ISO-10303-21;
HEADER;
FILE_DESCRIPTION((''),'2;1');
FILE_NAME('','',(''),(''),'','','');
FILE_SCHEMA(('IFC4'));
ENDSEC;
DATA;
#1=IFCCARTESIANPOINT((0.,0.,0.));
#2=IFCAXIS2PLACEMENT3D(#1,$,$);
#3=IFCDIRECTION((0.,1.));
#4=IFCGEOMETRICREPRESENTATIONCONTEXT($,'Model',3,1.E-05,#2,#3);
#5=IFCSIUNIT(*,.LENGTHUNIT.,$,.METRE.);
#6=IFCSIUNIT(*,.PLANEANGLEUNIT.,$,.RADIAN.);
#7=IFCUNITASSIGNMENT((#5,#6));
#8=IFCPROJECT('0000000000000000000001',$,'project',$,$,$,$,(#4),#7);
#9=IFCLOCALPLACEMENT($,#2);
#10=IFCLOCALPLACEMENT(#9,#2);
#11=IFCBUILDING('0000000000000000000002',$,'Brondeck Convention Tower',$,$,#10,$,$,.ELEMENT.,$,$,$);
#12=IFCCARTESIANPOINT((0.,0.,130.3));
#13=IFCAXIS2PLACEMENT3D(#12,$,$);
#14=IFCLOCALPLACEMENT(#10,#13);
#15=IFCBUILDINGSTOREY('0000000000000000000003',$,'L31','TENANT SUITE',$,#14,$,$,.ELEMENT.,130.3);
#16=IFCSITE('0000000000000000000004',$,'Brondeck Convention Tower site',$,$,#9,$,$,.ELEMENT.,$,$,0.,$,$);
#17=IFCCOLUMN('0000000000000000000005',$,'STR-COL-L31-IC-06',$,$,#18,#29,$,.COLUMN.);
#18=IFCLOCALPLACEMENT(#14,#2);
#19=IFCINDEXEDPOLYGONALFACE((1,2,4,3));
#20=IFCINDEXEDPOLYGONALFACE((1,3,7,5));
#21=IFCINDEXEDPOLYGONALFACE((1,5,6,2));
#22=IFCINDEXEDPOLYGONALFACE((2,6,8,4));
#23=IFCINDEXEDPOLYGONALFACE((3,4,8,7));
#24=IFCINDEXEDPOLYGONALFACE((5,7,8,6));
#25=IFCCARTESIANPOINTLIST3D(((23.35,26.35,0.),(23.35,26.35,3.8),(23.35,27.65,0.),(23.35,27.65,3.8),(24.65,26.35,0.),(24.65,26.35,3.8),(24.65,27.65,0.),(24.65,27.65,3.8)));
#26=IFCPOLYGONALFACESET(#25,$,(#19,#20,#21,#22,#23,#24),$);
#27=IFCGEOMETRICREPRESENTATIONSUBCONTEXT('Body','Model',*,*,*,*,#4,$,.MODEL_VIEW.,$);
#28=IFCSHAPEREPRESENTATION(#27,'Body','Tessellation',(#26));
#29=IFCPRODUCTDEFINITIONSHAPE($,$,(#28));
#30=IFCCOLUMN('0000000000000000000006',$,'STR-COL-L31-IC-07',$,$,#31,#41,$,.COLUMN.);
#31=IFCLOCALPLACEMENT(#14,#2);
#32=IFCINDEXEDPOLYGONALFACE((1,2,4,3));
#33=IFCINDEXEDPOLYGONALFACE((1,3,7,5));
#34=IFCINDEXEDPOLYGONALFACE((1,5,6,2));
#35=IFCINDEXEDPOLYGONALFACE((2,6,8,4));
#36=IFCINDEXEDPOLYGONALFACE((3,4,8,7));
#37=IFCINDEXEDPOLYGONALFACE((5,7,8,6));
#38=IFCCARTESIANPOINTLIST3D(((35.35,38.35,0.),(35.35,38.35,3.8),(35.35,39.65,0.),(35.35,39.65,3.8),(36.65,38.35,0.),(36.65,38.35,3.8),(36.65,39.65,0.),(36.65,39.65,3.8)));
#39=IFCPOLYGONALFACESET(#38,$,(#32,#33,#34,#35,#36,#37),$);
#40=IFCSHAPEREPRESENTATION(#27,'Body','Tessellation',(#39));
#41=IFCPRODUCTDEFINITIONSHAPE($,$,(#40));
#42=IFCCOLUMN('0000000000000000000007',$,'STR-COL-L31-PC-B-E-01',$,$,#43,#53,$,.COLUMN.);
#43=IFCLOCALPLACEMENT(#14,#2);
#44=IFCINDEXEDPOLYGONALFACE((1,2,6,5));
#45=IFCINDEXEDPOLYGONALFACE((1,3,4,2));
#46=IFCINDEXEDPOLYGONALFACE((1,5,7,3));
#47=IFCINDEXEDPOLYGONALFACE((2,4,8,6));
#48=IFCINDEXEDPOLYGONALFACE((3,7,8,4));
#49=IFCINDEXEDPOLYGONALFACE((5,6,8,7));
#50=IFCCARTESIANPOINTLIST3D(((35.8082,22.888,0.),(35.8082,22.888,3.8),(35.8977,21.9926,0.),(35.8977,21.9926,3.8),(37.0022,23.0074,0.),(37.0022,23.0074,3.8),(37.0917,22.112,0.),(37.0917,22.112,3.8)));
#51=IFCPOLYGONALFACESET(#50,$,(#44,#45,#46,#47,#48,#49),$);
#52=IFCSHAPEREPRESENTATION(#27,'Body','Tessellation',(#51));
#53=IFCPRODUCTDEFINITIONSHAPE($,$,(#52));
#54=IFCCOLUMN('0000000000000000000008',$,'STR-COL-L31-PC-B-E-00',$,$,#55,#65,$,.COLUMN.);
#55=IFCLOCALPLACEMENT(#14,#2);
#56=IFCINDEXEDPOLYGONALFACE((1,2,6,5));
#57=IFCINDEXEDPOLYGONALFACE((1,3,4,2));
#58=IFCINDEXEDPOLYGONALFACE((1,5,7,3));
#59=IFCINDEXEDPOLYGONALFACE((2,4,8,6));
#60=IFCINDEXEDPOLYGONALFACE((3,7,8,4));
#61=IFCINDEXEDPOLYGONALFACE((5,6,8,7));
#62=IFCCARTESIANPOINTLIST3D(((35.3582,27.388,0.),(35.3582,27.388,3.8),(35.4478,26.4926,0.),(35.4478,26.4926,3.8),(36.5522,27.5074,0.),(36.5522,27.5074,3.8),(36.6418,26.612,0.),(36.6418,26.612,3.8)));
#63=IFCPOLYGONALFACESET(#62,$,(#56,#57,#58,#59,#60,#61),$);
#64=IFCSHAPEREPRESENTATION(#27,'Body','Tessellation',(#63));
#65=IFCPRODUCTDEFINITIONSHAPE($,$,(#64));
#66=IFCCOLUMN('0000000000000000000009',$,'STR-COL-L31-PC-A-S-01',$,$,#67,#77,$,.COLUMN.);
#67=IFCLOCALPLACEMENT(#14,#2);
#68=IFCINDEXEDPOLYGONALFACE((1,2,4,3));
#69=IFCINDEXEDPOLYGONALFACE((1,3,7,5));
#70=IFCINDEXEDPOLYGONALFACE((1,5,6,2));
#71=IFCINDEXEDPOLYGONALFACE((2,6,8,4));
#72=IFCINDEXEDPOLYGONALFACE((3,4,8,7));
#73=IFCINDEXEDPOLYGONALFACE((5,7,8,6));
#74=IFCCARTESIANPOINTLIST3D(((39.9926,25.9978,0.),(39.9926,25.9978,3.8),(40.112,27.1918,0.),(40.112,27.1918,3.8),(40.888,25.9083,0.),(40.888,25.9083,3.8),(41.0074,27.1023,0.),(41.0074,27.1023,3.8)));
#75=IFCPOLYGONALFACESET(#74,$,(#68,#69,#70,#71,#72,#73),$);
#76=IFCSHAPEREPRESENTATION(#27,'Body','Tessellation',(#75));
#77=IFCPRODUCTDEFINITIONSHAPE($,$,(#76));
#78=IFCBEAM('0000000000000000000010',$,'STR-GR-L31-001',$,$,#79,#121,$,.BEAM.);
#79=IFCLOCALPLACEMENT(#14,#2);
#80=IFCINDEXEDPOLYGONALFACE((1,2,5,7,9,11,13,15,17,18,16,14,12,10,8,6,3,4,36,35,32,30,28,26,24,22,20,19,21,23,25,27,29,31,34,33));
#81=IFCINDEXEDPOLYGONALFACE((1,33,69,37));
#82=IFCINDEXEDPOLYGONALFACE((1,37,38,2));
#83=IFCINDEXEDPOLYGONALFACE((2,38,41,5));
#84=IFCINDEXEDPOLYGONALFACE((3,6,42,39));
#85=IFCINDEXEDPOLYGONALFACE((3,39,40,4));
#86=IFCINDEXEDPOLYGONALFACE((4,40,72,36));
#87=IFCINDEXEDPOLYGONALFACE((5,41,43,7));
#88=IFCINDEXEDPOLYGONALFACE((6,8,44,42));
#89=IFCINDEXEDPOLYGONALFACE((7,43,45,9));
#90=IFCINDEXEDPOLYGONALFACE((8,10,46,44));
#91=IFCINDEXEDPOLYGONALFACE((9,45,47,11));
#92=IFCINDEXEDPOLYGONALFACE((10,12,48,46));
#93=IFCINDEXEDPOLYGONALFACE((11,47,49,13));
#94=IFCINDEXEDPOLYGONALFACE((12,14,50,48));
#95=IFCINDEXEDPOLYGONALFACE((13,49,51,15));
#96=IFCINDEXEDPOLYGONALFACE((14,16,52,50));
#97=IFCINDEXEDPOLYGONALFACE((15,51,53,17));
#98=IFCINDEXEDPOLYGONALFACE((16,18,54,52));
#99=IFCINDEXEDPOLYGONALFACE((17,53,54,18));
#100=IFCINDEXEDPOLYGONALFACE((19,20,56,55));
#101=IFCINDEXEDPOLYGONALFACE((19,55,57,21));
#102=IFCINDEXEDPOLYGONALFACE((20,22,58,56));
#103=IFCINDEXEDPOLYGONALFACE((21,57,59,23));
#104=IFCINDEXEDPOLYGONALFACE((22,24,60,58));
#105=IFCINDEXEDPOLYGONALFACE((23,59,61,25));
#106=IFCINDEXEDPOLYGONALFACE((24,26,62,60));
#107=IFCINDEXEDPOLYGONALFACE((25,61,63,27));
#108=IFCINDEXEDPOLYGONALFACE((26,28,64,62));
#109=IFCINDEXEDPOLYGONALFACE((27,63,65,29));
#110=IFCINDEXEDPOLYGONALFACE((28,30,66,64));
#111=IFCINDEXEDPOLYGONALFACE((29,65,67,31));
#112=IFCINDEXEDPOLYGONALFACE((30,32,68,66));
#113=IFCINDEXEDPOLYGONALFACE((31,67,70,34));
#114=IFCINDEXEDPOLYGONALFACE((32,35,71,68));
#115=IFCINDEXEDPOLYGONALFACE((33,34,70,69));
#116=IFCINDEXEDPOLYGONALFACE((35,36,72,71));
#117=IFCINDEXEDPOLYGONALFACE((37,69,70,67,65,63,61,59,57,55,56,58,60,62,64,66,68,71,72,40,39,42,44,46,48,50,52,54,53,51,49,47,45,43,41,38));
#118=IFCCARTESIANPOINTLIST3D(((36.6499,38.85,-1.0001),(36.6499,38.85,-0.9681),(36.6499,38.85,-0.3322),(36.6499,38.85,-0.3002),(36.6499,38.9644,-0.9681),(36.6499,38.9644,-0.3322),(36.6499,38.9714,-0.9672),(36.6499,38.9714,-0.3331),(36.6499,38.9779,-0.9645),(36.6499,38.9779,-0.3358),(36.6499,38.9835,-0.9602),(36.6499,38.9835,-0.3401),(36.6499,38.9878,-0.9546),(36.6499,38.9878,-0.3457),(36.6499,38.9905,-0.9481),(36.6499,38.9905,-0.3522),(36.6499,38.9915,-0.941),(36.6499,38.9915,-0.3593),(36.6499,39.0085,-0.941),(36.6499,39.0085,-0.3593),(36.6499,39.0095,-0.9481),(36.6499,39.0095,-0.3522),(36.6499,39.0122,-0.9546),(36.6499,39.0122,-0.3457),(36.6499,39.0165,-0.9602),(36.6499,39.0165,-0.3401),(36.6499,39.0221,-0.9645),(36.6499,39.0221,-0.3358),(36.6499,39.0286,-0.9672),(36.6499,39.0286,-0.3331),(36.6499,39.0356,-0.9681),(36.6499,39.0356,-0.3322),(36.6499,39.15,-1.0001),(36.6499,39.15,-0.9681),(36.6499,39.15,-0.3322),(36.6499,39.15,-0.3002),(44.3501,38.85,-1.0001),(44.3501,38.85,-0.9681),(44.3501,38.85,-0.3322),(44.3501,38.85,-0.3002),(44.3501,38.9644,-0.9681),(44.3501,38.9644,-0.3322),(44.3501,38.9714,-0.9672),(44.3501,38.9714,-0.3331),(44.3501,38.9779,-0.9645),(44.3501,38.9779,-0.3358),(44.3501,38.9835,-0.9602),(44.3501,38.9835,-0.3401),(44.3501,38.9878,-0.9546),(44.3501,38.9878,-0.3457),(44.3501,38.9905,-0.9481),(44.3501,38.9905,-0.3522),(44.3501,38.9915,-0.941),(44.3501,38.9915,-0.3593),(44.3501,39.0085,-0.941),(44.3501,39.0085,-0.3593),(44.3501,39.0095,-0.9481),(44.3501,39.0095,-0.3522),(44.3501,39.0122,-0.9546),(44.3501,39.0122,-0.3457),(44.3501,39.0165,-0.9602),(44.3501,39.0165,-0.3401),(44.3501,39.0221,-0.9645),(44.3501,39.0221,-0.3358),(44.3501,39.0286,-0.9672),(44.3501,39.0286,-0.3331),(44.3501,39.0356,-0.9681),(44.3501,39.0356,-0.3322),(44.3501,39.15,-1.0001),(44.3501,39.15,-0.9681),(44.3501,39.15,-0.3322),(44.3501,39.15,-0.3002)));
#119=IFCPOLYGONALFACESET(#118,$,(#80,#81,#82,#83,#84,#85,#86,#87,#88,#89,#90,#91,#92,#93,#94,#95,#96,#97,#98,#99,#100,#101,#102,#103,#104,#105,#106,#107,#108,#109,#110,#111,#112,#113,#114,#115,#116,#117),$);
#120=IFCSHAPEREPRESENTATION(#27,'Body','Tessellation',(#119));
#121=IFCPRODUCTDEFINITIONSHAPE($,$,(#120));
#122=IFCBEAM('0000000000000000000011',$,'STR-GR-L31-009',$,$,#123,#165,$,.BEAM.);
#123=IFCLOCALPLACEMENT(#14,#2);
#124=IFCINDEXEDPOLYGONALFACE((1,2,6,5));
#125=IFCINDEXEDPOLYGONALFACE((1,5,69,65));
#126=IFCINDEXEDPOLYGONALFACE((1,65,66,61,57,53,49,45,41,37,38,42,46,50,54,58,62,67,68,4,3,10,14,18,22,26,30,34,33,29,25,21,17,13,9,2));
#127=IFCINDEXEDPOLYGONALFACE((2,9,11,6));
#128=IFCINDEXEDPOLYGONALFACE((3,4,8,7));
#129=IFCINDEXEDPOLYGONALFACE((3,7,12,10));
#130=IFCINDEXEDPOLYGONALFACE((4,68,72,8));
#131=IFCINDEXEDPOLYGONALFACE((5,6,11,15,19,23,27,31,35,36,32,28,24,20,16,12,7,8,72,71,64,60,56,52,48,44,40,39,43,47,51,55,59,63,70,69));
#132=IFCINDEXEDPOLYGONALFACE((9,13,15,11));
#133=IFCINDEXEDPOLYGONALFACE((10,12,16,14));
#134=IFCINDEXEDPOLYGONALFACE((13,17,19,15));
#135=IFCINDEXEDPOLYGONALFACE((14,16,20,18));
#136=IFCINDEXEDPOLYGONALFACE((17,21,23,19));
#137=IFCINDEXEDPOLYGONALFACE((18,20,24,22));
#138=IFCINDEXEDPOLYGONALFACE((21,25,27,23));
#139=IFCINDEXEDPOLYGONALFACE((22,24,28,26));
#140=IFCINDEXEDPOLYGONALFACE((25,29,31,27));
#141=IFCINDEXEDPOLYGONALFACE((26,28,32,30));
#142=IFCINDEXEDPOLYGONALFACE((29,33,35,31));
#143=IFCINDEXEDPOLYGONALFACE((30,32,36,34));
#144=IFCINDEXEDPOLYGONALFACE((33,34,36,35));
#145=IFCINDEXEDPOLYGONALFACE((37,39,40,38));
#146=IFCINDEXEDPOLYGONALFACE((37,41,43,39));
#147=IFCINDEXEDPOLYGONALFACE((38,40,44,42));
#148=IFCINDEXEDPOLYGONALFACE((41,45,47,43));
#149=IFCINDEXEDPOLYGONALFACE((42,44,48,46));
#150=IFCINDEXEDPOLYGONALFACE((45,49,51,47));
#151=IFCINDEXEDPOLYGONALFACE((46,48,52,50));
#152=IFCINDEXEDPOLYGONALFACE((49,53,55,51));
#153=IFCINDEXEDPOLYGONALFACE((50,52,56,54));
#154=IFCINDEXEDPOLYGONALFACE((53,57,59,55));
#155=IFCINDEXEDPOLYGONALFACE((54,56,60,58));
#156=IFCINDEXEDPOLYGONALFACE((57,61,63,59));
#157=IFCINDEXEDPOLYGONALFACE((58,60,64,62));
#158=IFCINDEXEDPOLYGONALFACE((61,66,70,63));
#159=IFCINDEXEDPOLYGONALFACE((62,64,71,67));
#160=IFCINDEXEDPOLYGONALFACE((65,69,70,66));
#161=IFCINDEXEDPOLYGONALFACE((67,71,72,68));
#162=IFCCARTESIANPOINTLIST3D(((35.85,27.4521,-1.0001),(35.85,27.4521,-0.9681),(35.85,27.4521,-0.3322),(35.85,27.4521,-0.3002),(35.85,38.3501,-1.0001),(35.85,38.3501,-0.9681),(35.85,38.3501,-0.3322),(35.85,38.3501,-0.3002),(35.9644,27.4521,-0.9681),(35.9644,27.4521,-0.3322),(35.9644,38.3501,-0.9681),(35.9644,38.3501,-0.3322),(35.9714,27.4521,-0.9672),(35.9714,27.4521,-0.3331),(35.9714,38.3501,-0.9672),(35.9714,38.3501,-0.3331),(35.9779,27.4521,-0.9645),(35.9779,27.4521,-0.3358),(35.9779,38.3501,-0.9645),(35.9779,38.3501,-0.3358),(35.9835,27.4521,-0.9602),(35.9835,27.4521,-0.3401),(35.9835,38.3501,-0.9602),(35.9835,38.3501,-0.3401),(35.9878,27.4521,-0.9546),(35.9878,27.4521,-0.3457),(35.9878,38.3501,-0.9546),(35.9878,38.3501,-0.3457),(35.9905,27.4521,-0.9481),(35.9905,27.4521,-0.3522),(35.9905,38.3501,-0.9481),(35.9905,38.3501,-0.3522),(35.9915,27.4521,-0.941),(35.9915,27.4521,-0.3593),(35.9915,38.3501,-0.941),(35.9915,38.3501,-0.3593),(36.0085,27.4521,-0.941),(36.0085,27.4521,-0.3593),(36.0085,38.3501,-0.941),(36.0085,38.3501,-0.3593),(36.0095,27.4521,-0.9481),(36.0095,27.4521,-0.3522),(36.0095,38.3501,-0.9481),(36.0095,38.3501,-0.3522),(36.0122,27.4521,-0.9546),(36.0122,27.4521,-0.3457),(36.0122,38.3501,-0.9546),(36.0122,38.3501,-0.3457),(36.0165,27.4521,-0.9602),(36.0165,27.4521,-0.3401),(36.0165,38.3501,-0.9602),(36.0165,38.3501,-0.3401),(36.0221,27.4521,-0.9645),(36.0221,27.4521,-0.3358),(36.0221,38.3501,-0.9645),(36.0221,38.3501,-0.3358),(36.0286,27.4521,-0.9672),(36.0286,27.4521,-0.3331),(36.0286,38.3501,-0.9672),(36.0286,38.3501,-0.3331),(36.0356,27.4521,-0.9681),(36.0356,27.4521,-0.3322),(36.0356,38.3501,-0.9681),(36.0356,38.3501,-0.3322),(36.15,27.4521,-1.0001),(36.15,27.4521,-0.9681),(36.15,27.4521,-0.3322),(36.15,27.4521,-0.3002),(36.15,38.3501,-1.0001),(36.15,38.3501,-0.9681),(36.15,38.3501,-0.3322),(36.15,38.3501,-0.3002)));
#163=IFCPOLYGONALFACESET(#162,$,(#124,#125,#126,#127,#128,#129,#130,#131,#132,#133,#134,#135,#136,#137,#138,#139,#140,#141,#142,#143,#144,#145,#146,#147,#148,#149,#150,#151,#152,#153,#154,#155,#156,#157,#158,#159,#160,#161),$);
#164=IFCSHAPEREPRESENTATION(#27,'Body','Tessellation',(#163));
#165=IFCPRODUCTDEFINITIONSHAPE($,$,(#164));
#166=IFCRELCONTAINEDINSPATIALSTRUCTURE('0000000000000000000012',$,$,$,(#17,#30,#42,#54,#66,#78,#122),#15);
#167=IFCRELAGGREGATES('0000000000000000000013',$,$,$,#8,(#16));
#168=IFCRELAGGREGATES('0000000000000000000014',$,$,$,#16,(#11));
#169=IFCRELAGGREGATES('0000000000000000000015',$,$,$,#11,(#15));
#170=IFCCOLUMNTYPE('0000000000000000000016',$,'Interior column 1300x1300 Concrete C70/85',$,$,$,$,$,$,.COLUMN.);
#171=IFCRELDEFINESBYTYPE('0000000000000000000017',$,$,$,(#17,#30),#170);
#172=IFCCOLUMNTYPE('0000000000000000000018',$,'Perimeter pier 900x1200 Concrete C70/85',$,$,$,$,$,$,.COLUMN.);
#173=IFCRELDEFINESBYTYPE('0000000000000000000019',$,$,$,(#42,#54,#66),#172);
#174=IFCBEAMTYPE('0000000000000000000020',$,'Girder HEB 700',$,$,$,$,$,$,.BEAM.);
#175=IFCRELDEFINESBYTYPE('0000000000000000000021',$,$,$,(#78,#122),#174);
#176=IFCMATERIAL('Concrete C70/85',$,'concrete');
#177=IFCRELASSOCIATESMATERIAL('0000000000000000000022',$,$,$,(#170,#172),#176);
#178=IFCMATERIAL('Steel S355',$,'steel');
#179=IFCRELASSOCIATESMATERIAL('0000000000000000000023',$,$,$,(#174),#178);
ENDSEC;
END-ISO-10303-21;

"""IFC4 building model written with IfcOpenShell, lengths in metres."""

from ifc_helpers import new_model, si_unit, direction, frame, origin, origin_2d, place, context, subcontext, project, spatial, rectangle, i_section, extrude, material, material_profile, profile_set, type_object, element, save


model = new_model("IFC4")

# Units and contexts
model_context = context("Model", 3, precision=1e-05, world=origin(), true_north=direction((0.0, 1.0)))
body_context = subcontext(model_context, "Body", "Model", "MODEL_VIEW")
ifc_project = project(units=[si_unit("LENGTHUNIT", "METRE"), si_unit("PLANEANGLEUNIT", "RADIAN")], contexts=[model_context])

# Site, building, storey
site_placement = place(None, origin())
site = spatial("IfcSite", under=ifc_project, at=site_placement, Name="Brondeck Convention Tower site", CompositionType="ELEMENT", RefElevation=0.0)
building_placement = place(site_placement, origin())
building = spatial("IfcBuilding", under=site, at=building_placement, Name="Brondeck Convention Tower", CompositionType="ELEMENT")
storey_placement = place(building_placement, frame((0.0, 0.0, 130.3)))
storey = spatial("IfcBuildingStorey", under=building, at=storey_placement, Name="L31", Description="TENANT SUITE", CompositionType="ELEMENT", Elevation=130.3)

# Columns
ifc_material_1 = material(Name="Concrete C70/85", Category="concrete")
ifc_material_profile_1 = material_profile(ifc_material_1, rectangle(XDim=1.3, YDim=1.3, at=origin_2d()), Name="Interior column 1300x1300 Concrete C70/85")
ifc_profile_set_1 = profile_set([ifc_material_profile_1], Name="Concrete C70/85")
column_type_1 = type_object("IfcColumnType", Name="Interior column 1300x1300 Concrete C70/85", PredefinedType="COLUMN", material=ifc_profile_set_1)
for number, where, z_axis, x_axis, name in (
    (1, (24.0, 27.0, 0.0), (0.0, 0.0, 1.0), (1.0, 0.0, 0.0), "STR-COL-L31-IC-06"),
    (2, (36.0, 39.0, 0.0), (0.0, 0.0, 1.0), (1.0, 0.0, 0.0), "STR-COL-L31-IC-07"),
):
    element("IfcColumn", number, at=place(storey_placement, frame(where, z_axis=z_axis, x_axis=x_axis)), inside=storey, type_object=column_type_1, Name=name, PredefinedType="COLUMN", context=body_context, shape_type="SweptSolid", body=[
        extrude(rectangle(XDim=1.3, YDim=1.3, at=origin_2d()), origin(), (0.0, 0.0, 1.0), 3.8),
    ])
ifc_material_profile_2 = material_profile(ifc_material_1, rectangle(XDim=0.8999, YDim=1.2, at=origin_2d()), Name="Perimeter pier 900x1200 Concrete C70/85")
ifc_profile_set_2 = profile_set([ifc_material_profile_2], Name="Concrete C70/85")
column_type_2 = type_object("IfcColumnType", Name="Perimeter pier 900x1200 Concrete C70/85", PredefinedType="COLUMN", material=ifc_profile_set_2)
for number, where, z_axis, x_axis, name in (
    (3, (36.45, 22.5, 0.0), (0.0, 0.0, 1.0), (-0.099504, 0.995037, 0.0), "STR-COL-L31-PC-B-E-01"),
    (4, (36.0, 27.0, 0.0), (0.0, 0.0, 1.0), (-0.099504, 0.995037, 0.0), "STR-COL-L31-PC-B-E-00"),
    (5, (40.5, 26.55, 0.0), (0.0, 0.0, 1.0), (0.995037, -0.099504, 0.0), "STR-COL-L31-PC-A-S-01"),
):
    element("IfcColumn", number, at=place(storey_placement, frame(where, z_axis=z_axis, x_axis=x_axis)), inside=storey, type_object=column_type_2, Name=name, PredefinedType="COLUMN", context=body_context, shape_type="SweptSolid", body=[
        extrude(rectangle(XDim=0.8999, YDim=1.2, at=origin_2d()), origin(), (0.0, 0.0, 1.0), 3.8),
    ])

# Beams
ifc_material_2 = material(Name="Steel S355", Category="steel")
ifc_material_profile_3 = material_profile(ifc_material_2, i_section(OverallWidth=0.3, OverallDepth=0.7, WebThickness=0.0171, FlangeThickness=0.032, FilletRadius=0.0271, at=origin_2d()), Name="HEB 700")
ifc_profile_set_3 = profile_set([ifc_material_profile_3], Name="Steel S355")
beam_type_1 = type_object("IfcBeamType", Name="Girder HEB 700", PredefinedType="BEAM", material=ifc_profile_set_3)
beam_1_placement = place(storey_placement, frame((36.6499, 39.0, -0.6501), z_axis=(1.0, 0.0, 0.0), x_axis=(0.0, 1.0, 0.0)))
element("IfcBeam", 6, at=beam_1_placement, inside=storey, type_object=beam_type_1, Name="STR-GR-L31-001", PredefinedType="BEAM", context=body_context, shape_type="SweptSolid", body=[
    extrude(i_section(OverallWidth=0.3, OverallDepth=0.7, WebThickness=0.0171, FlangeThickness=0.032, FilletRadius=0.0271, at=origin_2d()), origin(), (0.0, 0.0, 1.0), 7.7002),
])
beam_2_placement = place(storey_placement, frame((36.0, 27.4521, -0.6501), z_axis=(0.0, 1.0, 0.0), x_axis=(-1.0, 0.0, 0.0)))
element("IfcBeam", 7, at=beam_2_placement, inside=storey, type_object=beam_type_1, Name="STR-GR-L31-009", PredefinedType="BEAM", context=body_context, shape_type="SweptSolid", body=[
    extrude(i_section(OverallWidth=0.3, OverallDepth=0.7, WebThickness=0.0171, FlangeThickness=0.032, FilletRadius=0.0271, at=origin_2d()), origin(), (0.0, 0.0, 1.0), 10.8979),
])

save(model, "model.ifc")
